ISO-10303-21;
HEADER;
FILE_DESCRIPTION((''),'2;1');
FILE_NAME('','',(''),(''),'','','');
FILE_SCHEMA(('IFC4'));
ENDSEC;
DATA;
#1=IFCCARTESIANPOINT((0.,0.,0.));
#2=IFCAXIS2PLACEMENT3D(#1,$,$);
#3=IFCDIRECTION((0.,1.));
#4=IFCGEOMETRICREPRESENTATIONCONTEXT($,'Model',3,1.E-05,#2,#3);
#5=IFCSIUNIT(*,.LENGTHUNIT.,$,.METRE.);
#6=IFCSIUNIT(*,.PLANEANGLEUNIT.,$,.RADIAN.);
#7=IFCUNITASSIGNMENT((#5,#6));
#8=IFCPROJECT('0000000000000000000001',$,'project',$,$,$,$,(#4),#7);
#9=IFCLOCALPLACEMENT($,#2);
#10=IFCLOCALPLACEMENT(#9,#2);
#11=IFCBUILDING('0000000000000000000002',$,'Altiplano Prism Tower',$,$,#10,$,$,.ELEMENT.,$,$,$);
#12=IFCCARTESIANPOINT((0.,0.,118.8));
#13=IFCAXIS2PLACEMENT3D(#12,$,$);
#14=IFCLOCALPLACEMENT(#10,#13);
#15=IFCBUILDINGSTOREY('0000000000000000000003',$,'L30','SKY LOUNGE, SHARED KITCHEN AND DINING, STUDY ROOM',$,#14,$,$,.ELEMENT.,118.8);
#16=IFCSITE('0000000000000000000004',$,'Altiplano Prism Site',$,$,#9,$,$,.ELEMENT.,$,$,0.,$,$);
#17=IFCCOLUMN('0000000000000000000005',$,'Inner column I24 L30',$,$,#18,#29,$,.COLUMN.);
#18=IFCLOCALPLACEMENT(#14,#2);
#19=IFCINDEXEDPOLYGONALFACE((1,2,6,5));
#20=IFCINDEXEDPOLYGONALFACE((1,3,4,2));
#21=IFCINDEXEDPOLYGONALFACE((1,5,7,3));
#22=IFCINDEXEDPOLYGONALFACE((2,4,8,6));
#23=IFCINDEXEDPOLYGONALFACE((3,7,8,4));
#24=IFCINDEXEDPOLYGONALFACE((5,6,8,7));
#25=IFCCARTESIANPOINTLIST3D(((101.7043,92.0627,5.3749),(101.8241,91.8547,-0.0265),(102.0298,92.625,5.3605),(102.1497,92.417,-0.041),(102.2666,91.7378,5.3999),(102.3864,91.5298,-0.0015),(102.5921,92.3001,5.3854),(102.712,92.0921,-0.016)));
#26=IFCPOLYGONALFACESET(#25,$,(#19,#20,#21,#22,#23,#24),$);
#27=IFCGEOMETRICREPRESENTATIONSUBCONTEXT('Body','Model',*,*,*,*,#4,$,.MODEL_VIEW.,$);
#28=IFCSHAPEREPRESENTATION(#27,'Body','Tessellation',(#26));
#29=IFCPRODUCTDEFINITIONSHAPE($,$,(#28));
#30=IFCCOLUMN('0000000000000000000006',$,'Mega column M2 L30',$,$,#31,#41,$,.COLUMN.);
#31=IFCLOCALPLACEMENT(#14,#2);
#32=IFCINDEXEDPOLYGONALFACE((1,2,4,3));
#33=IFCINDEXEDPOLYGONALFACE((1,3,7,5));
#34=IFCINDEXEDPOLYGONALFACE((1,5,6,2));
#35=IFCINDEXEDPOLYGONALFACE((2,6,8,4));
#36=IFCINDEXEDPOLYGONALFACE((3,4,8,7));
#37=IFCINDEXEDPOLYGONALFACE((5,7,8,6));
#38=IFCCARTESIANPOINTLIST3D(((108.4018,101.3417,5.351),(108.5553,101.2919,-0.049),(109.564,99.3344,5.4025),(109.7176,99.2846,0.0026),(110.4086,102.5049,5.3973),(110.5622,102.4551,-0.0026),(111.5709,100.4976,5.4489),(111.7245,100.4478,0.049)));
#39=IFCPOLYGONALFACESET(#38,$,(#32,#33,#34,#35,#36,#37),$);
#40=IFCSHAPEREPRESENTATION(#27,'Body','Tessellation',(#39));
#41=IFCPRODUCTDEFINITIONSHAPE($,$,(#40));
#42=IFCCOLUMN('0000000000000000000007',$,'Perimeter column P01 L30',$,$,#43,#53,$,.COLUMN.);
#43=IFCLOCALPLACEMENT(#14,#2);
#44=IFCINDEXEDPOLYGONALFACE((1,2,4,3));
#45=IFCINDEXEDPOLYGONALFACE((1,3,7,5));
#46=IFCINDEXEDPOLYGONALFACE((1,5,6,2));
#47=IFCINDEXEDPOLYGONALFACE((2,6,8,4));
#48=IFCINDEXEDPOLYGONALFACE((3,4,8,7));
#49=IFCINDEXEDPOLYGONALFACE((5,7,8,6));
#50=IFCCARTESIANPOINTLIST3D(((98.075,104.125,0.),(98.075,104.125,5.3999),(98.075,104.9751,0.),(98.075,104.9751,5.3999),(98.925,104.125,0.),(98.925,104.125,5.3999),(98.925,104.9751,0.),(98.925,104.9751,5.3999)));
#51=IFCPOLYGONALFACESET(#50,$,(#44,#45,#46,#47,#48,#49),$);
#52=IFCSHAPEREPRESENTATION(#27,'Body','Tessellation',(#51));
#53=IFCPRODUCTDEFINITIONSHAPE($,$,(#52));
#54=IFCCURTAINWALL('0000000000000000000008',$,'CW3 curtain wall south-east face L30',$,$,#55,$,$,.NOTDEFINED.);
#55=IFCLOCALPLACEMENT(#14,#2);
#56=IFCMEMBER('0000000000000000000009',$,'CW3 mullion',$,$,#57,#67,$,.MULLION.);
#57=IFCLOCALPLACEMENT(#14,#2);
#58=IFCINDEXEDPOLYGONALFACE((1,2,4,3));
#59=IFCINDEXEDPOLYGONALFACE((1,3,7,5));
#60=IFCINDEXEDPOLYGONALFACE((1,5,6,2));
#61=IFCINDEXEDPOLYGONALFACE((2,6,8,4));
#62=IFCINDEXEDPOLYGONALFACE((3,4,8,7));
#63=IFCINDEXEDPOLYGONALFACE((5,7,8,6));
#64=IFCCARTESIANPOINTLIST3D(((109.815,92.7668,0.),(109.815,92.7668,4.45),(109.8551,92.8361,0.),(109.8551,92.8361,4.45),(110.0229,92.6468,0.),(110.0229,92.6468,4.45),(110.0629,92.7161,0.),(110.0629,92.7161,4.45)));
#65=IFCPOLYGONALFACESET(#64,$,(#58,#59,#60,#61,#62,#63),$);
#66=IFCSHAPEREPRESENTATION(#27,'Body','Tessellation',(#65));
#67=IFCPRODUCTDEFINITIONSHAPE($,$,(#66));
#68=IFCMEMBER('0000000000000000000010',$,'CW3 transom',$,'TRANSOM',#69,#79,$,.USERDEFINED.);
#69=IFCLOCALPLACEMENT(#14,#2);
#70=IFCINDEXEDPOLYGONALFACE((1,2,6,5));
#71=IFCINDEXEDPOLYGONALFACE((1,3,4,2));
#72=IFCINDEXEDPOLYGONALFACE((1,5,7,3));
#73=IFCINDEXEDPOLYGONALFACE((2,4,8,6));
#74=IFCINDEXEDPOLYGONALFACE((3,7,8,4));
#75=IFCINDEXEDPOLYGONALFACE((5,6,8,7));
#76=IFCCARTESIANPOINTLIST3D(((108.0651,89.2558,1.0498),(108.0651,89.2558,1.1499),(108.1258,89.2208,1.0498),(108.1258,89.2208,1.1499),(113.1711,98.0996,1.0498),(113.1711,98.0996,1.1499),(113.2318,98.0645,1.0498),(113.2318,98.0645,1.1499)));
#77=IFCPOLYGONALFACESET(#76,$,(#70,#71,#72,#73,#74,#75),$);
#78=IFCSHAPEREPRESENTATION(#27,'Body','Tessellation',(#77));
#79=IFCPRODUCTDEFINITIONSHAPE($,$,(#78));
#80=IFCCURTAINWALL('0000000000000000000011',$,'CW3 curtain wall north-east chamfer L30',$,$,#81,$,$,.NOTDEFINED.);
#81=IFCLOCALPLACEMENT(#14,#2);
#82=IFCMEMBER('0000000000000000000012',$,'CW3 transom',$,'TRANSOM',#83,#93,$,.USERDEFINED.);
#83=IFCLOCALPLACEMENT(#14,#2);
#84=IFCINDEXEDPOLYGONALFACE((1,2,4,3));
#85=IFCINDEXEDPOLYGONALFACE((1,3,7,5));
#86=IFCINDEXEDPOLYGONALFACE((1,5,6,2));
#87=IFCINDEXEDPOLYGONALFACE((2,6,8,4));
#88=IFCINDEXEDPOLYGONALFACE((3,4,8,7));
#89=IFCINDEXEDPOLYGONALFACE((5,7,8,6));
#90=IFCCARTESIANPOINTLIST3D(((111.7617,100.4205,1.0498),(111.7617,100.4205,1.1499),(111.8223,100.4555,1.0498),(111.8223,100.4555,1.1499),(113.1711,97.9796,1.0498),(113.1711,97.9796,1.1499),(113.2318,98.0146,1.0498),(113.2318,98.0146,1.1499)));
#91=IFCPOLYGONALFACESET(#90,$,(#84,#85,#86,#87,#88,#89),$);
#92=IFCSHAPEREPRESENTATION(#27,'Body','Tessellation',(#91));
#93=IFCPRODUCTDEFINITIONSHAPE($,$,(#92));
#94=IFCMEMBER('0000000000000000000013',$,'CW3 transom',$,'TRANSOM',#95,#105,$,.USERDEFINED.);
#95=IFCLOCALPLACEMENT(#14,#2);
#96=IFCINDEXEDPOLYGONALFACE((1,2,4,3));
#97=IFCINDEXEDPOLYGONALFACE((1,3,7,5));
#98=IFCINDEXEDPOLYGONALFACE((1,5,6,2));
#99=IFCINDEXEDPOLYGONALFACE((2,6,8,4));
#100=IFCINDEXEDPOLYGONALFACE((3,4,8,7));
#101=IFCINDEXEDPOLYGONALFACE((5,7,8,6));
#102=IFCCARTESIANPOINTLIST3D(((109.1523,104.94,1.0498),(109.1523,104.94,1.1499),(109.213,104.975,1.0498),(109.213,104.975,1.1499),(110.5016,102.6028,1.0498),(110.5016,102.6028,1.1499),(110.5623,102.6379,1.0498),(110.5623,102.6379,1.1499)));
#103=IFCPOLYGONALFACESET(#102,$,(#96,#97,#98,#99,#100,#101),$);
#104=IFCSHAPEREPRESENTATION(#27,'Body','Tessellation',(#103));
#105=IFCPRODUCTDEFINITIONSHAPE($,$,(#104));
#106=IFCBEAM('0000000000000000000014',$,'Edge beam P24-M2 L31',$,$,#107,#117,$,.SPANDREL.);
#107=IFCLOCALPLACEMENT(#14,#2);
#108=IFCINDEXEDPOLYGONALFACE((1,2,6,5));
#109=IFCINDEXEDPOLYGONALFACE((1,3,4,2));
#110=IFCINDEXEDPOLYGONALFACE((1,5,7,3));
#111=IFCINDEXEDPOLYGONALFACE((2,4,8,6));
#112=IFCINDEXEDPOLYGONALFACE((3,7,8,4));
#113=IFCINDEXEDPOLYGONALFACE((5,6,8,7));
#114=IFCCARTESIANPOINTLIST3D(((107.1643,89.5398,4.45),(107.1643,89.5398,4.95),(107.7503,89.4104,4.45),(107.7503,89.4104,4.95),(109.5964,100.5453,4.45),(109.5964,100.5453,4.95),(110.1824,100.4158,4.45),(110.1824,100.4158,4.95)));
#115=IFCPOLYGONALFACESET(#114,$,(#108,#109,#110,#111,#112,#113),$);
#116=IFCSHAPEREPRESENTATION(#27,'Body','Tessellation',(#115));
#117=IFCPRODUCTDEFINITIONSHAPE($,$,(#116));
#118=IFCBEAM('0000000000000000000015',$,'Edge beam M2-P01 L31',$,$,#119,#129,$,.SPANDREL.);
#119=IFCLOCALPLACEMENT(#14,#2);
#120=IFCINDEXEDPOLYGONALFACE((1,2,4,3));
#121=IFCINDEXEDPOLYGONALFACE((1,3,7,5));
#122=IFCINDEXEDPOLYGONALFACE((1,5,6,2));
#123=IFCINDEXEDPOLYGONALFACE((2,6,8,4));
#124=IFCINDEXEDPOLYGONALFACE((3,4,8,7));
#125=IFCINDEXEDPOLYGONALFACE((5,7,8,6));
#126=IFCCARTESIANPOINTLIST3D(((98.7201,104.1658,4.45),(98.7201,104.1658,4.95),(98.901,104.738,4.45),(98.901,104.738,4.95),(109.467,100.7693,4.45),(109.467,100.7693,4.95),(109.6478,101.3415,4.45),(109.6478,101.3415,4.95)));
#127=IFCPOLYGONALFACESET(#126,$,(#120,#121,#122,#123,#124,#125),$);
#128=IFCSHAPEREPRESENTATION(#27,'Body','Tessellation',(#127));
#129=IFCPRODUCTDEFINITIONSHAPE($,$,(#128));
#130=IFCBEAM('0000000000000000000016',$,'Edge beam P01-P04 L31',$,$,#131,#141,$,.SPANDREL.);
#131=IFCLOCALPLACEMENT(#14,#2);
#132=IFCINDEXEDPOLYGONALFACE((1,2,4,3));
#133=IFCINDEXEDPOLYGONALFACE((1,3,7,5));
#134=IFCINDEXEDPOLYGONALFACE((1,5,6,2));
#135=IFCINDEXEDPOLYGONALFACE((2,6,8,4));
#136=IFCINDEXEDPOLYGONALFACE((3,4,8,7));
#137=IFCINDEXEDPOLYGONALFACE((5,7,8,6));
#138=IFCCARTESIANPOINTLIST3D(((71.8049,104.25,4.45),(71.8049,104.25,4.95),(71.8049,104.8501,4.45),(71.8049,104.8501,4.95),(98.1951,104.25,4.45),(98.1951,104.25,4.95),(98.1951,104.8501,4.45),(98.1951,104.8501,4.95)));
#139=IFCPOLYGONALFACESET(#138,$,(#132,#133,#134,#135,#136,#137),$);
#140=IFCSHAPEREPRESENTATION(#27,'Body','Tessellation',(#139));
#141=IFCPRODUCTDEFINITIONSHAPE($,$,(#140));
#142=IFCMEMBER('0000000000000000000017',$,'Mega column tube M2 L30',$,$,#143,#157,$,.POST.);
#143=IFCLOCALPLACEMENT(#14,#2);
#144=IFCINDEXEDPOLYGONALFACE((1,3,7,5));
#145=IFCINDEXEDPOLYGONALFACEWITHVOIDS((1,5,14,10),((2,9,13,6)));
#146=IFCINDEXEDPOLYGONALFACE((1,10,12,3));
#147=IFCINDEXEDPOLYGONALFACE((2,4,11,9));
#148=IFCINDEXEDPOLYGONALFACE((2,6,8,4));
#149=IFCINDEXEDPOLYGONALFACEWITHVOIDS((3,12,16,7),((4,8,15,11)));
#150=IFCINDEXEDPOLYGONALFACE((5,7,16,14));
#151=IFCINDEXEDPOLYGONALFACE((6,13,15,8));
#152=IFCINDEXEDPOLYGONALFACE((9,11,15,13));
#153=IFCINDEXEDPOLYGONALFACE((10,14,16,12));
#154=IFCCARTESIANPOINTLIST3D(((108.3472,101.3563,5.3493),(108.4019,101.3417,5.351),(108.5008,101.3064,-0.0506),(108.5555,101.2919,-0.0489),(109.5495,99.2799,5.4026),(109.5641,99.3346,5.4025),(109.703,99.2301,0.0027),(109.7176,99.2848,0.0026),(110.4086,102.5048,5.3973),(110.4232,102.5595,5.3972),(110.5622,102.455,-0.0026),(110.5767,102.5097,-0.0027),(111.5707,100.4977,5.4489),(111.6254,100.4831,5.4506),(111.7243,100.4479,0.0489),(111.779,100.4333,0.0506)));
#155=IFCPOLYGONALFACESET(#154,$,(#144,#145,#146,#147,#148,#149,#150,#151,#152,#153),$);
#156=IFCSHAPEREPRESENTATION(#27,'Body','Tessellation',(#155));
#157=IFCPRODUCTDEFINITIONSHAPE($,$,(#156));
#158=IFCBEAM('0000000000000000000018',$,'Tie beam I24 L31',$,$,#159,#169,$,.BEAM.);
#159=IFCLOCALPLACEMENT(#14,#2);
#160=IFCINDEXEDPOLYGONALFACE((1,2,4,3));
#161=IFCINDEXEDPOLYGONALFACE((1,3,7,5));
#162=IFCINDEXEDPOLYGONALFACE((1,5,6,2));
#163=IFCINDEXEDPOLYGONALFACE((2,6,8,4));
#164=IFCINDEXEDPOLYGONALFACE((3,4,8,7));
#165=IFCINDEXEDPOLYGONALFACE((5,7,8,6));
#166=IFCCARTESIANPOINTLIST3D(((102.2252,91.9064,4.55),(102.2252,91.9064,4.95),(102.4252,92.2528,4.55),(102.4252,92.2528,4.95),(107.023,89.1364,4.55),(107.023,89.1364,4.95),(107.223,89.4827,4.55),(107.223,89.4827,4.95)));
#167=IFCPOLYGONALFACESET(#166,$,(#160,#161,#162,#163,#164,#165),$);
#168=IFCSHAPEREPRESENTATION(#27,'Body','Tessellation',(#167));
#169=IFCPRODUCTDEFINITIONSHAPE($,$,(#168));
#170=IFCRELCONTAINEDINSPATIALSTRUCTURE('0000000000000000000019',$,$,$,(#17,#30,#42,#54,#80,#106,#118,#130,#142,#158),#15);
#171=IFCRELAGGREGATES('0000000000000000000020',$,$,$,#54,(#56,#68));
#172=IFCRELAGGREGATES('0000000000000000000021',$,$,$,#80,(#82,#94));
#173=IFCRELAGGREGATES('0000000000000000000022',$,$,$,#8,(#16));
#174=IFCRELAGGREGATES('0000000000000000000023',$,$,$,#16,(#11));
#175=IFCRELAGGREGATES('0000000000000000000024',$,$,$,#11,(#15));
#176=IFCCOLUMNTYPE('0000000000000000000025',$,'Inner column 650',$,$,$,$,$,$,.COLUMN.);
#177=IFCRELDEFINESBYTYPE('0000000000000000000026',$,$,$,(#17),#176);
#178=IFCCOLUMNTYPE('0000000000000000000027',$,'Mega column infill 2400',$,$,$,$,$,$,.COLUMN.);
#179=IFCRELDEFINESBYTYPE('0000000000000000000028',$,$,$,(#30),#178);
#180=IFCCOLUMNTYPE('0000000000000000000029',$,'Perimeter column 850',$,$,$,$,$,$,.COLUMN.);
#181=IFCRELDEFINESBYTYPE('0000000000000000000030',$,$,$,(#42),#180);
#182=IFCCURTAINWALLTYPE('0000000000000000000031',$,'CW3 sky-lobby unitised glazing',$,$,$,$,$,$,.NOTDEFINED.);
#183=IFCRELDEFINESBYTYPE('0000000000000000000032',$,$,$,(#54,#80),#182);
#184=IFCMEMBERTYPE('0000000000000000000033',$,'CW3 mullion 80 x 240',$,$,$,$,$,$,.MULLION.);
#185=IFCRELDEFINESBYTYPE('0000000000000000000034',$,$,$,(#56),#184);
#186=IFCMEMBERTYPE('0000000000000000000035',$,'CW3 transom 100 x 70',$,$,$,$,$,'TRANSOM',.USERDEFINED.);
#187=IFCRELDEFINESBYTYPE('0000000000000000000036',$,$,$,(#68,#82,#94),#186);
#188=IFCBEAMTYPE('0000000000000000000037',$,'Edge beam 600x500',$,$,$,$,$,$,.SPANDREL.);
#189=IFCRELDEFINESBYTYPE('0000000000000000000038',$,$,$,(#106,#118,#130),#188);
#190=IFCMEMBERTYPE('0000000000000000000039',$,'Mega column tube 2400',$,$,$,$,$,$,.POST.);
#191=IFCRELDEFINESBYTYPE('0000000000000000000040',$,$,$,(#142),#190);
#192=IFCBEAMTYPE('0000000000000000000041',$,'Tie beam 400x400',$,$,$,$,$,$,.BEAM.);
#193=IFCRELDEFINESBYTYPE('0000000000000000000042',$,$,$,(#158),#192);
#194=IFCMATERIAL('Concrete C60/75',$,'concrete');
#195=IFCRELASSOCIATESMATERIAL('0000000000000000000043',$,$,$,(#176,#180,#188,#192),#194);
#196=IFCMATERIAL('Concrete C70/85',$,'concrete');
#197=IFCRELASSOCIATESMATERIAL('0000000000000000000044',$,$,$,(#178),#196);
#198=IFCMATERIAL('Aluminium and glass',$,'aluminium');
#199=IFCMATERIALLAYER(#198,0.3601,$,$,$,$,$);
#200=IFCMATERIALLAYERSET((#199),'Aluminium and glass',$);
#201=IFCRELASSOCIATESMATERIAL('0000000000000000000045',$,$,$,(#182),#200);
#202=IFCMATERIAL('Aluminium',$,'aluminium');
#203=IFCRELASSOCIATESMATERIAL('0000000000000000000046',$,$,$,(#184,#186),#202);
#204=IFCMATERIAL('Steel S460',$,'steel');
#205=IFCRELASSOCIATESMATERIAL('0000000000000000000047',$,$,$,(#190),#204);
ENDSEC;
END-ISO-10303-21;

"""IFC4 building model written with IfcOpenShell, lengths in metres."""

from ifc_helpers import new_model, si_unit, direction, frame, origin, origin_2d, place, context, subcontext, project, spatial, rectangle, hollow_rectangle, extrude, material, layer, layer_set, material_profile, profile_set, type_object, element, aggregate, save


model = new_model("IFC4")

# Units and contexts
model_context = context("Model", 3, precision=1e-05, world=origin(), true_north=direction((0.0, 1.0)))
body_context = subcontext(model_context, "Body", "Model", "MODEL_VIEW")
ifc_project = project(units=[si_unit("LENGTHUNIT", "METRE"), si_unit("PLANEANGLEUNIT", "RADIAN")], contexts=[model_context])

# Site, building, storey
site_placement = place(None, origin())
site = spatial("IfcSite", under=ifc_project, at=site_placement, Name="Altiplano Prism Site", CompositionType="ELEMENT", RefElevation=0.0)
building_placement = place(site_placement, origin())
building = spatial("IfcBuilding", under=site, at=building_placement, Name="Altiplano Prism Tower", CompositionType="ELEMENT")
storey_placement = place(building_placement, frame((0.0, 0.0, 118.8)))
storey = spatial("IfcBuildingStorey", under=building, at=storey_placement, Name="L30", Description="SKY LOUNGE, SHARED KITCHEN AND DINING, STUDY ROOM", CompositionType="ELEMENT", Elevation=118.8)

# Columns
ifc_material_1 = material(Name="Concrete C60/75", Category="concrete")
ifc_material_profile_1 = material_profile(ifc_material_1, rectangle(XDim=0.6499, YDim=0.6499, at=origin_2d()), Name="Inner column 650")
ifc_profile_set_1 = profile_set([ifc_material_profile_1], Name="Concrete C60/75")
column_type_1 = type_object("IfcColumnType", Name="Inner column 650", PredefinedType="COLUMN", material=ifc_profile_set_1)
column_1_placement = place(storey_placement, frame((102.2681, 91.9734, -0.0212), z_axis=(-0.022171, 0.038472, 0.999014), x_axis=(-0.500936, -0.865199, 0.022202)))
element("IfcColumn", 1, at=column_1_placement, inside=storey, type_object=column_type_1, Name="Inner column I24 L30", PredefinedType="COLUMN", context=body_context, shape_type="SweptSolid", body=[
    extrude(rectangle(XDim=0.6499, YDim=0.6499, at=origin_2d()), origin(), (0.0, 0.0, 1.0), 5.4067),
])
ifc_material_2 = material(Name="Concrete C70/85", Category="concrete")
ifc_material_profile_2 = material_profile(ifc_material_2, rectangle(XDim=2.3201, YDim=2.3201, at=origin_2d()), Name="Mega column infill 2400")
ifc_profile_set_2 = profile_set([ifc_material_profile_2], Name="Concrete C70/85")
column_type_2 = type_object("IfcColumnType", Name="Mega column infill 2400", PredefinedType="COLUMN", material=ifc_profile_set_2)
column_2_placement = place(storey_placement, frame((110.1399, 100.8699, 0.0), z_axis=(-0.028426, 0.009219, 0.999553), x_axis=(0.500954, -0.865188, 0.022226)))
element("IfcColumn", 2, at=column_2_placement, inside=storey, type_object=column_type_2, Name="Mega column M2 L30", PredefinedType="COLUMN", context=body_context, shape_type="SweptSolid", body=[
    extrude(rectangle(XDim=2.3201, YDim=2.3201, at=origin_2d()), origin(), (0.0, 0.0, 1.0), 5.4023),
])
ifc_material_profile_3 = material_profile(ifc_material_1, rectangle(XDim=0.8501, YDim=0.8501, at=origin_2d()), Name="Perimeter column 850")
ifc_profile_set_3 = profile_set([ifc_material_profile_3], Name="Concrete C60/75")
column_type_3 = type_object("IfcColumnType", Name="Perimeter column 850", PredefinedType="COLUMN", material=ifc_profile_set_3)
column_3_placement = place(storey_placement, frame((98.5, 104.55, 0.0), z_axis=(0.0, 0.0, 1.0), x_axis=(1.0, 0.0, 0.0)))
element("IfcColumn", 3, at=column_3_placement, inside=storey, type_object=column_type_3, Name="Perimeter column P01 L30", PredefinedType="COLUMN", context=body_context, shape_type="SweptSolid", body=[
    extrude(rectangle(XDim=0.8501, YDim=0.8501, at=origin_2d()), origin(), (0.0, 0.0, 1.0), 5.3999),
])

# Curtain walls, members
ifc_material_3 = material(Name="Aluminium and glass", Category="aluminium")
ifc_layer_1 = layer(ifc_material_3, 0.3601)
ifc_layer_set_1 = layer_set([ifc_layer_1], Name="Aluminium and glass")
curtain_wall_type = type_object("IfcCurtainWallType", Name="CW3 sky-lobby unitised glazing", PredefinedType="NOTDEFINED", material=ifc_layer_set_1)
curtain_wall_1_placement = place(storey_placement, origin())
curtain_wall_1 = element("IfcCurtainWall", 4, at=curtain_wall_1_placement, inside=storey, type_object=curtain_wall_type, Name="CW3 curtain wall south-east face L30", PredefinedType="NOTDEFINED")
ifc_material_4 = material(Name="Aluminium", Category="aluminium")
ifc_material_profile_4 = material_profile(ifc_material_4, rectangle(XDim=0.24, YDim=0.0801, at=origin_2d()), Name="CW3 mullion 80 x 240")
ifc_profile_set_4 = profile_set([ifc_material_profile_4], Name="Aluminium")
member_type_1 = type_object("IfcMemberType", Name="CW3 mullion 80 x 240", PredefinedType="MULLION", material=ifc_profile_set_4)
member_1_placement = place(storey_placement, frame((109.939, 92.7415, 0.0), z_axis=(0.0, 0.0, 1.0), x_axis=(-0.866025, 0.5, 0.0)))
member_1 = element("IfcMember", 5, at=member_1_placement, type_object=member_type_1, Name="CW3 mullion", PredefinedType="MULLION", context=body_context, shape_type="SweptSolid", body=[
    extrude(rectangle(XDim=0.24, YDim=0.0801, at=origin_2d()), origin(), (0.0, 0.0, 1.0), 4.45),
])
ifc_material_profile_5 = material_profile(ifc_material_4, rectangle(XDim=0.0701, YDim=0.1001, at=origin_2d()), Name="CW3 transom 100 x 70")
ifc_profile_set_5 = profile_set([ifc_material_profile_5], Name="Aluminium")
member_type_2 = type_object("IfcMemberType", Name="CW3 transom 100 x 70", ElementType="TRANSOM", PredefinedType="USERDEFINED", material=ifc_profile_set_5)
member_2_placement = place(storey_placement, frame((108.0955, 89.2383, 1.0999), z_axis=(0.500001, 0.866025, 0.0), x_axis=(-0.866025, 0.500001, 0.0)))
member_2 = element("IfcMember", 6, at=member_2_placement, type_object=member_type_2, Name="CW3 transom", ObjectType="TRANSOM", PredefinedType="USERDEFINED", context=body_context, shape_type="SweptSolid", body=[
    extrude(rectangle(XDim=0.0701, YDim=0.1001, at=origin_2d()), origin(), (0.0, 0.0, 1.0), 10.2119),
])
curtain_wall_2_placement = place(storey_placement, origin())
curtain_wall_2 = element("IfcCurtainWall", 7, at=curtain_wall_2_placement, inside=storey, type_object=curtain_wall_type, Name="CW3 curtain wall north-east chamfer L30", PredefinedType="NOTDEFINED")
member_3_placement = place(storey_placement, frame((113.2014, 97.9971, 1.0999), z_axis=(-0.500042, 0.866001, 0.0), x_axis=(-0.866001, -0.500042, 0.0)))
member_3 = element("IfcMember", 8, at=member_3_placement, type_object=member_type_2, Name="CW3 transom", ObjectType="TRANSOM", PredefinedType="USERDEFINED", context=body_context, shape_type="SweptSolid", body=[
    extrude(rectangle(XDim=0.0701, YDim=0.1001, at=origin_2d()), origin(), (0.0, 0.0, 1.0), 2.8186),
])
member_4_placement = place(storey_placement, frame((110.532, 102.6204, 1.0999), z_axis=(-0.500002, 0.866024, 0.0), x_axis=(-0.866024, -0.500002, 0.0)))
member_4 = element("IfcMember", 9, at=member_4_placement, type_object=member_type_2, Name="CW3 transom", ObjectType="TRANSOM", PredefinedType="USERDEFINED", context=body_context, shape_type="SweptSolid", body=[
    extrude(rectangle(XDim=0.0701, YDim=0.1001, at=origin_2d()), origin(), (0.0, 0.0, 1.0), 2.6987),
])

# Beams
ifc_material_profile_6 = material_profile(ifc_material_1, rectangle(XDim=0.6001, YDim=0.5, at=origin_2d()), Name="Edge beam 600x500")
ifc_profile_set_6 = profile_set([ifc_material_profile_6], Name="Concrete C60/75")
beam_type_1 = type_object("IfcBeamType", Name="Edge beam 600x500", PredefinedType="SPANDREL", material=ifc_profile_set_6)
beam_1_placement = place(storey_placement, frame((107.4573, 89.4751, 4.7), z_axis=(0.215788, 0.97644, 0.0), x_axis=(-0.97644, 0.215788, 0.0)))
element("IfcBeam", 10, at=beam_1_placement, inside=storey, type_object=beam_type_1, Name="Edge beam P24-M2 L31", PredefinedType="SPANDREL", context=body_context, shape_type="SweptSolid", body=[
    extrude(rectangle(XDim=0.6001, YDim=0.5, at=origin_2d()), origin(), (0.0, 0.0, 1.0), 11.271),
])
beam_2_placement = place(storey_placement, frame((109.5574, 101.0554, 4.7), z_axis=(-0.953513, 0.301353, 0.0), x_axis=(-0.301353, -0.953513, 0.0)))
element("IfcBeam", 11, at=beam_2_placement, inside=storey, type_object=beam_type_1, Name="Edge beam M2-P01 L31", PredefinedType="SPANDREL", context=body_context, shape_type="SweptSolid", body=[
    extrude(rectangle(XDim=0.6001, YDim=0.5, at=origin_2d()), origin(), (0.0, 0.0, 1.0), 11.2708),
])
beam_3_placement = place(storey_placement, frame((98.1951, 104.55, 4.7), z_axis=(-1.0, 0.0, 0.0), x_axis=(0.0, -1.0, 0.0)))
element("IfcBeam", 12, at=beam_3_placement, inside=storey, type_object=beam_type_1, Name="Edge beam P01-P04 L31", PredefinedType="SPANDREL", context=body_context, shape_type="SweptSolid", body=[
    extrude(rectangle(XDim=0.6001, YDim=0.5, at=origin_2d()), origin(), (0.0, 0.0, 1.0), 26.3901),
])

# Member
ifc_material_5 = material(Name="Steel S460", Category="steel")
ifc_material_profile_7 = material_profile(ifc_material_5, hollow_rectangle(XDim=2.3999, YDim=2.3999, WallThickness=0.04, at=origin_2d()), Name="Mega column tube 2400")
ifc_profile_set_7 = profile_set([ifc_material_profile_7], Name="Steel S460")
member_type_3 = type_object("IfcMemberType", Name="Mega column tube 2400", PredefinedType="POST", material=ifc_profile_set_7)
member_5_placement = place(storey_placement, frame((110.1399, 100.8699, 0.0), z_axis=(-0.028426, 0.009219, 0.999553), x_axis=(0.500954, -0.865188, 0.022226)))
element("IfcMember", 13, at=member_5_placement, inside=storey, type_object=member_type_3, Name="Mega column tube M2 L30", PredefinedType="POST", context=body_context, shape_type="SweptSolid", body=[
    extrude(hollow_rectangle(XDim=2.3999, YDim=2.3999, WallThickness=0.04, at=origin_2d()), origin(), (0.0, 0.0, 1.0), 5.4023),
])

# Beam
ifc_material_profile_8 = material_profile(ifc_material_1, rectangle(XDim=0.3999, YDim=0.3999, at=origin_2d()), Name="Tie beam 400x400")
ifc_profile_set_8 = profile_set([ifc_material_profile_8], Name="Concrete C60/75")
beam_type_2 = type_object("IfcBeamType", Name="Tie beam 400x400", PredefinedType="BEAM", material=ifc_profile_set_8)
beam_4_placement = place(storey_placement, frame((102.3252, 92.0796, 4.75), z_axis=(0.866027, -0.499997, 0.0), x_axis=(0.499997, 0.866027, 0.0)))
element("IfcBeam", 14, at=beam_4_placement, inside=storey, type_object=beam_type_2, Name="Tie beam I24 L31", PredefinedType="BEAM", context=body_context, shape_type="SweptSolid", body=[
    extrude(rectangle(XDim=0.3999, YDim=0.3999, at=origin_2d()), origin(), (0.0, 0.0, 1.0), 5.54),
])

aggregate(curtain_wall_1, [member_1, member_2])
aggregate(curtain_wall_2, [member_3, member_4])

save(model, "model.ifc")
